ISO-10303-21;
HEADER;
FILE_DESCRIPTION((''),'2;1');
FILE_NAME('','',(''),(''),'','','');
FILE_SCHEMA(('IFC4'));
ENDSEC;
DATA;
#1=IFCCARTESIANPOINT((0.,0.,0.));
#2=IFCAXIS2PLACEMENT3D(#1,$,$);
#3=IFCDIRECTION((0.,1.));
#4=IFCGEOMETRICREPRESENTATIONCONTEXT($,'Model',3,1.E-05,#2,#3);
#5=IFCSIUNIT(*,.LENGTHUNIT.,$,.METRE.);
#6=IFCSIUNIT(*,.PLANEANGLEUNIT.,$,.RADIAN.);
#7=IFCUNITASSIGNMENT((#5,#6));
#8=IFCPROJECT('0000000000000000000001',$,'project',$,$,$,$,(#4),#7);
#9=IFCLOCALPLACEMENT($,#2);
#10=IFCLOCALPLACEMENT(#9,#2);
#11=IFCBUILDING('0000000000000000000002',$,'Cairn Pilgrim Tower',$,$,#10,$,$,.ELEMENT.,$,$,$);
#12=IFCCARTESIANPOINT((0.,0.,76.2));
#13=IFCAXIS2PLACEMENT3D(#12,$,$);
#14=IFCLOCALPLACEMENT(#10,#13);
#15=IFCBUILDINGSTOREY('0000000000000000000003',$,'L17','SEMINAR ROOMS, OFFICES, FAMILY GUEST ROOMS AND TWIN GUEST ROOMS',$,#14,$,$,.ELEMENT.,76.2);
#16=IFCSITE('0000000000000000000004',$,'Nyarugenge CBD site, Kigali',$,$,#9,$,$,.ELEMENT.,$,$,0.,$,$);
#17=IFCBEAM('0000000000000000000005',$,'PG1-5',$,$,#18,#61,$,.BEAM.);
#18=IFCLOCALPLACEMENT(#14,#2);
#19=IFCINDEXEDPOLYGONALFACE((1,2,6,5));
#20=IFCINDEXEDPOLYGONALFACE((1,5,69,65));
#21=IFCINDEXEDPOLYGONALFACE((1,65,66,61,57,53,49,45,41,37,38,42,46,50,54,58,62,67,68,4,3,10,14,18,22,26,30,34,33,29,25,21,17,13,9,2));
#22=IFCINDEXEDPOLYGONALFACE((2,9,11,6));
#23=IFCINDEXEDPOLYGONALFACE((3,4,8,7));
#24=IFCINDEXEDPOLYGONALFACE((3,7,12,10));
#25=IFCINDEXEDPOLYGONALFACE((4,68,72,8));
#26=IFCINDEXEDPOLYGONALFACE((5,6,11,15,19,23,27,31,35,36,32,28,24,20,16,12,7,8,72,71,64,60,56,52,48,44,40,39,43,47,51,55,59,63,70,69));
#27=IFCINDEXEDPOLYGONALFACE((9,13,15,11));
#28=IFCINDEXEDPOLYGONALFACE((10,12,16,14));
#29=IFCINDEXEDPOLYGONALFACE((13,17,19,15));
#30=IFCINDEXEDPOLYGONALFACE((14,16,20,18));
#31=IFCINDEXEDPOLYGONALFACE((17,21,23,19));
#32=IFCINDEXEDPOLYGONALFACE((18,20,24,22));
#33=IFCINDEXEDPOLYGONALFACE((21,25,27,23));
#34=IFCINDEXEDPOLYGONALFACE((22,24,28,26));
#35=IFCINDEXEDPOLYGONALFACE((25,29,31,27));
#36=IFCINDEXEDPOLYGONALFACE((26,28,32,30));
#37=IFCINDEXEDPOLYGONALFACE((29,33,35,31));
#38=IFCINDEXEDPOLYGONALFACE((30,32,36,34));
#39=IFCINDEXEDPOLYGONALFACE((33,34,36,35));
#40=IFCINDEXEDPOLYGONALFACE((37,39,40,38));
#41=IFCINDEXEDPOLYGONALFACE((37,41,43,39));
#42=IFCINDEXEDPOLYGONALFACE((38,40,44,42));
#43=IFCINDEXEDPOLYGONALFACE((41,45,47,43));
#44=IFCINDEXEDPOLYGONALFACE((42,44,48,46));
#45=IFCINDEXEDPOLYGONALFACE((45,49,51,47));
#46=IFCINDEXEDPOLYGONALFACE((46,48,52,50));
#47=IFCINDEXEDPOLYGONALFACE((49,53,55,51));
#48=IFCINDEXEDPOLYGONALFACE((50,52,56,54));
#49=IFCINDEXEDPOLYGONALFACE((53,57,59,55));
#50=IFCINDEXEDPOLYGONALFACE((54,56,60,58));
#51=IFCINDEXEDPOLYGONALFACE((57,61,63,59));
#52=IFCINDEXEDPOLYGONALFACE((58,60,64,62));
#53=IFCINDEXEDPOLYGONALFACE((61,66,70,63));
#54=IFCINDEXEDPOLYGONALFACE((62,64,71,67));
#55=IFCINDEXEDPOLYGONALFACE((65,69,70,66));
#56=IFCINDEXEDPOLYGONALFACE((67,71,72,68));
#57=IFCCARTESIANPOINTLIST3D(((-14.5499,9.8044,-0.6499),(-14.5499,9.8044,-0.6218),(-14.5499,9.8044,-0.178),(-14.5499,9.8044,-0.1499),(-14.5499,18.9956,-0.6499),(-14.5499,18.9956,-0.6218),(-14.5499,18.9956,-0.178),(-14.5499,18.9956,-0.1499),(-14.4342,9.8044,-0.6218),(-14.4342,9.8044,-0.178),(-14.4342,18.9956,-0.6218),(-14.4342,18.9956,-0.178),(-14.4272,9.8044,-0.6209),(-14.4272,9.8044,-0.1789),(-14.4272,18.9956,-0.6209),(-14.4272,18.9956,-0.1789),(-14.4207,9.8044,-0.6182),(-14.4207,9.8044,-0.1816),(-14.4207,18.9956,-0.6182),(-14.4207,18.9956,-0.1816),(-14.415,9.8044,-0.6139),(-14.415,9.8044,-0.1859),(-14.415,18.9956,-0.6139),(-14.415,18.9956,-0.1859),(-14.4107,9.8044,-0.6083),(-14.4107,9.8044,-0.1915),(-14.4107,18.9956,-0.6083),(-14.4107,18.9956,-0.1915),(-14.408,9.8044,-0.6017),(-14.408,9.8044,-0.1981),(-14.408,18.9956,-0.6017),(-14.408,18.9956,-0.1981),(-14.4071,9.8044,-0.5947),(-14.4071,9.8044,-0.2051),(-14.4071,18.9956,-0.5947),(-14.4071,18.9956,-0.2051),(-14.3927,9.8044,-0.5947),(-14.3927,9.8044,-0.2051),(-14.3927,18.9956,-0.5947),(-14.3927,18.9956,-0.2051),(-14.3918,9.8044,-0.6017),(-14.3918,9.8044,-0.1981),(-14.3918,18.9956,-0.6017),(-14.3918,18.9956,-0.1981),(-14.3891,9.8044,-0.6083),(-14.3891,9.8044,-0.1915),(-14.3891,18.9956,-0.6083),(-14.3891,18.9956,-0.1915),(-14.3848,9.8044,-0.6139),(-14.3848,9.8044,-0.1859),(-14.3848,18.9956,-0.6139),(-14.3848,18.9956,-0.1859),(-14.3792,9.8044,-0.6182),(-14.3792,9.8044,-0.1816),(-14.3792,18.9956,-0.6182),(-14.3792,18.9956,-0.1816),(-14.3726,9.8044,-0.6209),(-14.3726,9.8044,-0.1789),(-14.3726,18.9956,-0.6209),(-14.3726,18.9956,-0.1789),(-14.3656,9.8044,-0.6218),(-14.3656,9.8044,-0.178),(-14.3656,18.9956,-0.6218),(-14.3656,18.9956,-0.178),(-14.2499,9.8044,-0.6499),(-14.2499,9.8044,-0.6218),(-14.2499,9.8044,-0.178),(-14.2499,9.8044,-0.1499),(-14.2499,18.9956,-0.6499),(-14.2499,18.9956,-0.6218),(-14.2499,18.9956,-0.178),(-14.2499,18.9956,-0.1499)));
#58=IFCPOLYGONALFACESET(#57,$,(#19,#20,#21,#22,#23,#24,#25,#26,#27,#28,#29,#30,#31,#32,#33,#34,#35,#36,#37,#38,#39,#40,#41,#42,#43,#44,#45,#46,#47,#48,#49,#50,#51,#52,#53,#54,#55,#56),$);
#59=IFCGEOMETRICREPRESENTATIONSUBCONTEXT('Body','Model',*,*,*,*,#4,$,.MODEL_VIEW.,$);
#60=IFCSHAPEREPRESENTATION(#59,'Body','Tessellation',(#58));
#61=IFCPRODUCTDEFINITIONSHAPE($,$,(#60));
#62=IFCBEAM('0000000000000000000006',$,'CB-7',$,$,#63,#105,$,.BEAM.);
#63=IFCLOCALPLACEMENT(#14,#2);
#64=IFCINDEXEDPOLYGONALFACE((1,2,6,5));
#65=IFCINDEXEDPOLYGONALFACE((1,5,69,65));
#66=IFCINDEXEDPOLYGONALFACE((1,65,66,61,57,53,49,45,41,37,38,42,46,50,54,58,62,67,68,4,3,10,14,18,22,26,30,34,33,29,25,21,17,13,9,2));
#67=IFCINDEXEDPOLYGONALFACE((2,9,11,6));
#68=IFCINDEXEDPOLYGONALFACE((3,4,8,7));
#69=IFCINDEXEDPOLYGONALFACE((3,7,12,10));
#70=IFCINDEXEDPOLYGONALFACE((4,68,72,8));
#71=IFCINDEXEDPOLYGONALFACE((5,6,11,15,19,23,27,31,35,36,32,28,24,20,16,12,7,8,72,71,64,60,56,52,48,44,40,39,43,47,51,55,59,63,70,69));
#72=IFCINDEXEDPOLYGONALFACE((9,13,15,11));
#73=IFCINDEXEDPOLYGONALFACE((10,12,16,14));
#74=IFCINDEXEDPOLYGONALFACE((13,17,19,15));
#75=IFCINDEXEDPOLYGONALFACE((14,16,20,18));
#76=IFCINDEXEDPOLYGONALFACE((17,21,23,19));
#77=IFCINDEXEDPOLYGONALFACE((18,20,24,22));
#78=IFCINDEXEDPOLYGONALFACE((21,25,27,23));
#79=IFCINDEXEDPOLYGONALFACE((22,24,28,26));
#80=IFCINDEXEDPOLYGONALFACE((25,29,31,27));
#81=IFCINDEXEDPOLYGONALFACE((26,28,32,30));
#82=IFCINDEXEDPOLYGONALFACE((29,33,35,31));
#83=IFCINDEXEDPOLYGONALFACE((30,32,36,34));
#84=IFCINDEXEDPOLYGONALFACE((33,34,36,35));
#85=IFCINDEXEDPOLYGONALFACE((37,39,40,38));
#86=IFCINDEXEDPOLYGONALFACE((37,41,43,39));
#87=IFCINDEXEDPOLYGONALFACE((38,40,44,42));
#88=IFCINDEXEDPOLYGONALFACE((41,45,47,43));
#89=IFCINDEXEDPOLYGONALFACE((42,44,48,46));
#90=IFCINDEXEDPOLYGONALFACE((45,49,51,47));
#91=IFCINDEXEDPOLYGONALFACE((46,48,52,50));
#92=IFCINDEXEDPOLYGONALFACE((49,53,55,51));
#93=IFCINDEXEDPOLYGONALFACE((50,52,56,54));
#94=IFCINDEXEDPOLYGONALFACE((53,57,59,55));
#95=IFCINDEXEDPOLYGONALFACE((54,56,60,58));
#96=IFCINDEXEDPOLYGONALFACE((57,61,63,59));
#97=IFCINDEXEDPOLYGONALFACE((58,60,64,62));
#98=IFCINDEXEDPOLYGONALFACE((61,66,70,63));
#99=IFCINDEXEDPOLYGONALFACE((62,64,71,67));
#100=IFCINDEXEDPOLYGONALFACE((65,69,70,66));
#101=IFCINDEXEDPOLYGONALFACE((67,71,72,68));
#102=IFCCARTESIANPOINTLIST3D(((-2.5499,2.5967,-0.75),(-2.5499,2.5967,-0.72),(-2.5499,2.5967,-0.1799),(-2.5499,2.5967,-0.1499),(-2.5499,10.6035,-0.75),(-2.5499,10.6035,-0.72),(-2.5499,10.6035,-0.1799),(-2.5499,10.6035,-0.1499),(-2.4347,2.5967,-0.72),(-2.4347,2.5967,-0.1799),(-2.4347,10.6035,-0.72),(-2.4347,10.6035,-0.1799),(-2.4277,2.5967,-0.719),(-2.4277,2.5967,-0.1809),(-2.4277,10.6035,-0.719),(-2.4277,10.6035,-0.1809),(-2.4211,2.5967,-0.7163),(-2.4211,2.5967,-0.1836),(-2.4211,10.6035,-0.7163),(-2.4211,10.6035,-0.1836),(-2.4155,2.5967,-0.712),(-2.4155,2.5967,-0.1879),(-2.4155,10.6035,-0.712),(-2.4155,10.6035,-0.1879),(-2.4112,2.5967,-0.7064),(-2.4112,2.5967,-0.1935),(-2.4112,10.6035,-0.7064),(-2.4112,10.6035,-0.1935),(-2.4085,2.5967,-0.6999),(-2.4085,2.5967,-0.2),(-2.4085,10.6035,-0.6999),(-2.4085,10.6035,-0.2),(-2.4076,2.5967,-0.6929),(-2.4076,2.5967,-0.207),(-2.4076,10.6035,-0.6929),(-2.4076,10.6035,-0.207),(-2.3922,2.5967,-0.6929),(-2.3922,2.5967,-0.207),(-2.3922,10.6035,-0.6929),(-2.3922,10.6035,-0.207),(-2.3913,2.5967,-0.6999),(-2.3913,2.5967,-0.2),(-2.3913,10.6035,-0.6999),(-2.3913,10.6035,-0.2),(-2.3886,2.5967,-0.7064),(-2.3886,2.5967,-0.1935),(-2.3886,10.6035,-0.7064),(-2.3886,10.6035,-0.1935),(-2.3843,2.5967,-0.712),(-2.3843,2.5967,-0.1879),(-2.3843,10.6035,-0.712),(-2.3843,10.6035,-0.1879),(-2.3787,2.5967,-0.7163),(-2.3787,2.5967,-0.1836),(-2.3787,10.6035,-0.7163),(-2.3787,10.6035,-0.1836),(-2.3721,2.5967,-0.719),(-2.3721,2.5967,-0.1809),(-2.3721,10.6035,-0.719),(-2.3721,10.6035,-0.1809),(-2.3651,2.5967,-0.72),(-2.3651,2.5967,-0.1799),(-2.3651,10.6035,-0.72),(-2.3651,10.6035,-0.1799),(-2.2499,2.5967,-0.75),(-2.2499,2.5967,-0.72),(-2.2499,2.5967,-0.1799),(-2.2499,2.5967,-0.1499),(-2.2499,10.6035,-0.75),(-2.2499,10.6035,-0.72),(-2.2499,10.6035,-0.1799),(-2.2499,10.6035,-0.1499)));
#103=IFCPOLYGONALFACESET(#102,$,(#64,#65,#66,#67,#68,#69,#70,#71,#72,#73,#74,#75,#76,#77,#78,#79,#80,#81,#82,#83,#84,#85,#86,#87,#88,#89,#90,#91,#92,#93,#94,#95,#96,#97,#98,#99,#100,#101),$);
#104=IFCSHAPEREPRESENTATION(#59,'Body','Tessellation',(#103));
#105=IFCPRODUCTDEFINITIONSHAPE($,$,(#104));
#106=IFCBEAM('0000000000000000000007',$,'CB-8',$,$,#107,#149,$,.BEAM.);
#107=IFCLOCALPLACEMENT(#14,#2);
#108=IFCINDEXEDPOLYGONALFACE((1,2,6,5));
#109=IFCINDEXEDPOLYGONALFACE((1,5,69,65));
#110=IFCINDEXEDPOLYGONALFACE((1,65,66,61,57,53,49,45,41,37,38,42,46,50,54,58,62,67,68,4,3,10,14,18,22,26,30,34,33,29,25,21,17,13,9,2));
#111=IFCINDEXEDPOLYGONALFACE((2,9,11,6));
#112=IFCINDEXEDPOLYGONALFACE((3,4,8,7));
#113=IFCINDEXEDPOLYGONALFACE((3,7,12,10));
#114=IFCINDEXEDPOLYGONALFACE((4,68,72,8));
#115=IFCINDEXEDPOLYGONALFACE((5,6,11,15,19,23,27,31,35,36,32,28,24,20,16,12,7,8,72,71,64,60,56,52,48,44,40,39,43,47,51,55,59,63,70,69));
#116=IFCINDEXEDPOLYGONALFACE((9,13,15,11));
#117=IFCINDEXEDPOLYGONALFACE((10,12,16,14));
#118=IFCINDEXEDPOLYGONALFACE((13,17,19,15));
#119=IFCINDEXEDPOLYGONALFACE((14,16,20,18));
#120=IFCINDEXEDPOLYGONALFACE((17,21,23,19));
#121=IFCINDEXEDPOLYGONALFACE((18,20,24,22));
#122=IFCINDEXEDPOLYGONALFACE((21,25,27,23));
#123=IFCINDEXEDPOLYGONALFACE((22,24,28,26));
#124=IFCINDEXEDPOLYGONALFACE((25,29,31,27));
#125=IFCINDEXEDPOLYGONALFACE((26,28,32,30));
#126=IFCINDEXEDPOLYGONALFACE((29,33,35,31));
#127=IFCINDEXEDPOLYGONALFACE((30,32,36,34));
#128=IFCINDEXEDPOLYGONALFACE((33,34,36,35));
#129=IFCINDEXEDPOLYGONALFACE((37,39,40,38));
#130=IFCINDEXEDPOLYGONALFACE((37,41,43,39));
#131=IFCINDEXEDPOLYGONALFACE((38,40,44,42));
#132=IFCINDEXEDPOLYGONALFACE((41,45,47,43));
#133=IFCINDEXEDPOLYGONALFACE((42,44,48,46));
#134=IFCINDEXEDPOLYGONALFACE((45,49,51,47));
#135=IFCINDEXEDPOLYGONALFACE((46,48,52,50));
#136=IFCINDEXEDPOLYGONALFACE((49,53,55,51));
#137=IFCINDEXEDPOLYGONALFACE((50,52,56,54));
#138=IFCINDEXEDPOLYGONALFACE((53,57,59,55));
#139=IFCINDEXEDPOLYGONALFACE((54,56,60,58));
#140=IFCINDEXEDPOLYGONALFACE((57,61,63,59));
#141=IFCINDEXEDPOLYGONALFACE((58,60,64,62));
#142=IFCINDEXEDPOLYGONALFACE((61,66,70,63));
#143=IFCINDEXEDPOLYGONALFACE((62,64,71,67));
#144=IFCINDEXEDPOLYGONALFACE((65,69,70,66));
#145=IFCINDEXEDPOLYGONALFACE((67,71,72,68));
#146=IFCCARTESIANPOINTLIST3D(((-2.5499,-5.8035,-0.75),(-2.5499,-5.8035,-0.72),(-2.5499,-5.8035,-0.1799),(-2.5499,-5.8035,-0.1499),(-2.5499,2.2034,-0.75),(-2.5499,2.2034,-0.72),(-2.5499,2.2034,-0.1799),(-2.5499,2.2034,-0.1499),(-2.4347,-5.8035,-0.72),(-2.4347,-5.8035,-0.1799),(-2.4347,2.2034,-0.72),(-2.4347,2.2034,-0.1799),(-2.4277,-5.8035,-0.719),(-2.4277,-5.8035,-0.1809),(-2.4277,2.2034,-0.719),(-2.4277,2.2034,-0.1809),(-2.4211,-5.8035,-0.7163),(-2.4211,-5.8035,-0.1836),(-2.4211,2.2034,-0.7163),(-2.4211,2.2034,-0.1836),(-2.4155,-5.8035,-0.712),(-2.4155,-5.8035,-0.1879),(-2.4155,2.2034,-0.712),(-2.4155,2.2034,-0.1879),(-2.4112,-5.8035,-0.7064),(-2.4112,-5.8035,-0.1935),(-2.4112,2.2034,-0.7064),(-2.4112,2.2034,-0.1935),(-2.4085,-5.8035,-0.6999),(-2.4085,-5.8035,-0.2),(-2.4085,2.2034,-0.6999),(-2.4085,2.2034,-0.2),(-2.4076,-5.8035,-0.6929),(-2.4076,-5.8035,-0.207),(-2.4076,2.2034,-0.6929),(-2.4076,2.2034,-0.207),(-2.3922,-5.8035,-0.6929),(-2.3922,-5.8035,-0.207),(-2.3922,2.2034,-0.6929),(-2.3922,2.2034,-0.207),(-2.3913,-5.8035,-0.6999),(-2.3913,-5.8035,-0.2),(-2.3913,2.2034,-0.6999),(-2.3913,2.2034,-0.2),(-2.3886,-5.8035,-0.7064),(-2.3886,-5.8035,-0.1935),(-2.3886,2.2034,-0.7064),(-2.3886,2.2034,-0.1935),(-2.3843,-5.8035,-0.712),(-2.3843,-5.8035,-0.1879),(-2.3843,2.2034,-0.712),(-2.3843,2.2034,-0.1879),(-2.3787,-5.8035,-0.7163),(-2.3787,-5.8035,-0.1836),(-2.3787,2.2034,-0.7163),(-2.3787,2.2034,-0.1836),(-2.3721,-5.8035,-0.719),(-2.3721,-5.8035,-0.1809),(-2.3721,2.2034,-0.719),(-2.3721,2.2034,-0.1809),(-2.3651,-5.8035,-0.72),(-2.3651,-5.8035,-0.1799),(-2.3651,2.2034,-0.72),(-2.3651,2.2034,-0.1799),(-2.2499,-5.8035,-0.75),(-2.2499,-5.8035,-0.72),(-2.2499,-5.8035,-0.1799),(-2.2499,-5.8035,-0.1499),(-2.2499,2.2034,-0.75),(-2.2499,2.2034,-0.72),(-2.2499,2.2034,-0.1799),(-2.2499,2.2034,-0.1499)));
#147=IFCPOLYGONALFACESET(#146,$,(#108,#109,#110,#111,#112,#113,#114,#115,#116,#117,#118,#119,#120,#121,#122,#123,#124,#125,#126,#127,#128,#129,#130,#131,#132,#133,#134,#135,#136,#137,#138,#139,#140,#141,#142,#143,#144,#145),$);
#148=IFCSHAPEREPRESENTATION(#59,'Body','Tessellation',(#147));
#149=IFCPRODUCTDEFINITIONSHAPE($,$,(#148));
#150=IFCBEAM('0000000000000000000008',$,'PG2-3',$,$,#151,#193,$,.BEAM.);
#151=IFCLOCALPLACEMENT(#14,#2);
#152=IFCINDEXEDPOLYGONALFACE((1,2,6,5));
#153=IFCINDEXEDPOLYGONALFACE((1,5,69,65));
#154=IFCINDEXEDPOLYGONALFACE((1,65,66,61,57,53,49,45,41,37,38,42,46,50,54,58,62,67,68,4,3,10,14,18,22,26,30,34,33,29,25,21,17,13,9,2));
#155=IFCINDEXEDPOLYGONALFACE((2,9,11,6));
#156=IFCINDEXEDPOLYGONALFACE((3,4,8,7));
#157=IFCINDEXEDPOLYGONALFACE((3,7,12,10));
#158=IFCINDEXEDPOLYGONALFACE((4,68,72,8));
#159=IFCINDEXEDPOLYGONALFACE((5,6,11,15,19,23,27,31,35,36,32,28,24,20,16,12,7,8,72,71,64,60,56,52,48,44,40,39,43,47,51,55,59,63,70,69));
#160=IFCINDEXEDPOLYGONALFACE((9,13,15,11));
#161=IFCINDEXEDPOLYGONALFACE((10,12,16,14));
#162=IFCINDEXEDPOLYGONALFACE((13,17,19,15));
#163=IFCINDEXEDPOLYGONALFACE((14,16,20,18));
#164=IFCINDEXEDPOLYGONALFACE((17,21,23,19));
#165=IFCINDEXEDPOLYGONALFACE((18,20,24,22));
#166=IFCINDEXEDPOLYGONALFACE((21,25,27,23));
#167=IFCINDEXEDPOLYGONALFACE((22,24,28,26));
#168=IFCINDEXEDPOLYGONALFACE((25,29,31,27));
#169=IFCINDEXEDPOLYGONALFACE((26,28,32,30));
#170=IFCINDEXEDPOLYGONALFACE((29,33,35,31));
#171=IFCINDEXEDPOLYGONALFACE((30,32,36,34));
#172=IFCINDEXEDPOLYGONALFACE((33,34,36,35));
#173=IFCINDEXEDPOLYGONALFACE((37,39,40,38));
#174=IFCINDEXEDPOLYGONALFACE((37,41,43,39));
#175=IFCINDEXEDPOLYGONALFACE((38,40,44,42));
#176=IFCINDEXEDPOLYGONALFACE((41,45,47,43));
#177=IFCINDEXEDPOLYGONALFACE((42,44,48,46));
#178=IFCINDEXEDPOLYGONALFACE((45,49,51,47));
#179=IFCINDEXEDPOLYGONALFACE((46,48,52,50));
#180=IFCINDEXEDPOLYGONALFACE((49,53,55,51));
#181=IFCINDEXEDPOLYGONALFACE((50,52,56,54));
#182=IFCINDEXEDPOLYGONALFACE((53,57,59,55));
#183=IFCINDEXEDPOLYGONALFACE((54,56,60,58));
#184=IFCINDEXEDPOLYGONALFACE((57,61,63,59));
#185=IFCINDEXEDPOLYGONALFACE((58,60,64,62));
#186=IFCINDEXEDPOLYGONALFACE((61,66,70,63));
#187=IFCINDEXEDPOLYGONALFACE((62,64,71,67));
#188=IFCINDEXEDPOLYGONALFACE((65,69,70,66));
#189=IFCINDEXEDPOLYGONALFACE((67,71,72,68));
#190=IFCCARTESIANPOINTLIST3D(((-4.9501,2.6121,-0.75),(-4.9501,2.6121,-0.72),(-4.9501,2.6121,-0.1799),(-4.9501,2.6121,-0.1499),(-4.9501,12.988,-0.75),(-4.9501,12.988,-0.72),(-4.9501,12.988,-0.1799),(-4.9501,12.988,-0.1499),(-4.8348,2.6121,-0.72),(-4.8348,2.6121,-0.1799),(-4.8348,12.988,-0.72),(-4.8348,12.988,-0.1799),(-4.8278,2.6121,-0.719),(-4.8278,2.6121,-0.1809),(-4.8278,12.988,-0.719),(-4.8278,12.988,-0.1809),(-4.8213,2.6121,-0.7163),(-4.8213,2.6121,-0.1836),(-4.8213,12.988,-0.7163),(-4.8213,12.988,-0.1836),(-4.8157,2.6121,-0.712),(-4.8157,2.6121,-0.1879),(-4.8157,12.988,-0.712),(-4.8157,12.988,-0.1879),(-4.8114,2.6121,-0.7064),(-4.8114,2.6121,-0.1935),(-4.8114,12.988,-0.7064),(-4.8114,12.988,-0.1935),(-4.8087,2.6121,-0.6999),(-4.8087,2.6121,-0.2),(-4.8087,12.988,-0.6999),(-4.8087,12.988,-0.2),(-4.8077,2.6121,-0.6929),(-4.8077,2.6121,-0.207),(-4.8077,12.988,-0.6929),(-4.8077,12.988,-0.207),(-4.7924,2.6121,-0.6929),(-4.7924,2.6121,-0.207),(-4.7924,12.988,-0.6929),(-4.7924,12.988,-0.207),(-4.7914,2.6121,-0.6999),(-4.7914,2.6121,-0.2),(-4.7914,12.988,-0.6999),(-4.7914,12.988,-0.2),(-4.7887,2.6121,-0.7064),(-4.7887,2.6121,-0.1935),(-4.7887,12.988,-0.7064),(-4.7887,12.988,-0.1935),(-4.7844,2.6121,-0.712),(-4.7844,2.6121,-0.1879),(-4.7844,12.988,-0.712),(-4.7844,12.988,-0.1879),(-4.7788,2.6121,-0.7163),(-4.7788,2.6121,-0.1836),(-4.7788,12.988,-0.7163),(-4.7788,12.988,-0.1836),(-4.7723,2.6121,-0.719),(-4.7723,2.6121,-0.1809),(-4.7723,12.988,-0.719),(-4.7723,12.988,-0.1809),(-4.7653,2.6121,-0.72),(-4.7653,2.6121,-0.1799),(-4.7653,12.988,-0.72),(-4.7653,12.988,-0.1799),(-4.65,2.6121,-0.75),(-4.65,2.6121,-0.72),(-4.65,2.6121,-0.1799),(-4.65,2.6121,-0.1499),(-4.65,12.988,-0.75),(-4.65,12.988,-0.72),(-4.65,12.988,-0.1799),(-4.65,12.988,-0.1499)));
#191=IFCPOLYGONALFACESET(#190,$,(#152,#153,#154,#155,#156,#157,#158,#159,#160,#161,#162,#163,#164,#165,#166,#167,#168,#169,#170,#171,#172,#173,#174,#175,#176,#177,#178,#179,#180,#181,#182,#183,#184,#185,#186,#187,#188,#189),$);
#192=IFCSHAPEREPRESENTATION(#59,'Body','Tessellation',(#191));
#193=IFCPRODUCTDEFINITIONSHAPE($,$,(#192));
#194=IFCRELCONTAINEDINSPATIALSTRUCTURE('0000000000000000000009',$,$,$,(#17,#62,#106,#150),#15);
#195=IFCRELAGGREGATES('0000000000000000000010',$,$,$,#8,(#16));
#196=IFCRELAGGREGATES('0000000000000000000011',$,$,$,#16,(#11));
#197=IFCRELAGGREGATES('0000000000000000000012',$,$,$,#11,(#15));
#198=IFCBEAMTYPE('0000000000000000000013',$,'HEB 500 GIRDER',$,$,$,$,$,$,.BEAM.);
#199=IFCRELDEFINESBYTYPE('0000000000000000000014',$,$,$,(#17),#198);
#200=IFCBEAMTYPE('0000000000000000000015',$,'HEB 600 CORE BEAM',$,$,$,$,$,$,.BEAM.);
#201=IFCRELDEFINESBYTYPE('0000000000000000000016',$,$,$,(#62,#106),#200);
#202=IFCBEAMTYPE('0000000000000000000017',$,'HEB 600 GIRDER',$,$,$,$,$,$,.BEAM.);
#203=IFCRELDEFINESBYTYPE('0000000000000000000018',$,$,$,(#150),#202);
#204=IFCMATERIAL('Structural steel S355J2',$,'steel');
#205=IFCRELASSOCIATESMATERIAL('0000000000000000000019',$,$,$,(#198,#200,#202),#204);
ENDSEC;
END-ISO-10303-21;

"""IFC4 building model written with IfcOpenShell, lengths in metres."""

from ifc_helpers import new_model, si_unit, direction, frame, origin, origin_2d, place, context, subcontext, project, spatial, i_section, extrude, material, material_profile, profile_set, type_object, element, save


model = new_model("IFC4")

# Units and contexts
model_context = context("Model", 3, precision=1e-05, world=origin(), true_north=direction((0.0, 1.0)))
body_context = subcontext(model_context, "Body", "Model", "MODEL_VIEW")
ifc_project = project(units=[si_unit("LENGTHUNIT", "METRE"), si_unit("PLANEANGLEUNIT", "RADIAN")], contexts=[model_context])

# Site, building, storey
site_placement = place(None, origin())
site = spatial("IfcSite", under=ifc_project, at=site_placement, Name="Nyarugenge CBD site, Kigali", CompositionType="ELEMENT", RefElevation=0.0)
building_placement = place(site_placement, origin())
building = spatial("IfcBuilding", under=site, at=building_placement, Name="Cairn Pilgrim Tower", CompositionType="ELEMENT")
storey_placement = place(building_placement, frame((0.0, 0.0, 76.2)))
storey = spatial("IfcBuildingStorey", under=building, at=storey_placement, Name="L17", Description="SEMINAR ROOMS, OFFICES, FAMILY GUEST ROOMS AND TWIN GUEST ROOMS", CompositionType="ELEMENT", Elevation=76.2)

# Beams
ifc_material_1 = material(Name="Structural steel S355J2", Category="steel")
ifc_material_profile_1 = material_profile(ifc_material_1, i_section(OverallWidth=0.3, OverallDepth=0.5, WebThickness=0.0144, FlangeThickness=0.0281, FilletRadius=0.0271, at=origin_2d()), Name="HEB 500")
ifc_profile_set_1 = profile_set([ifc_material_profile_1], Name="Structural steel S355J2")
beam_type_1 = type_object("IfcBeamType", Name="HEB 500 GIRDER", PredefinedType="BEAM", material=ifc_profile_set_1)
beam_1_placement = place(storey_placement, frame((-14.3999, 9.8044, -0.3999), z_axis=(0.0, 1.0, 0.0), x_axis=(-1.0, 0.0, 0.0)))
element("IfcBeam", 1, at=beam_1_placement, inside=storey, type_object=beam_type_1, Name="PG1-5", PredefinedType="BEAM", context=body_context, shape_type="SweptSolid", body=[
    extrude(i_section(OverallWidth=0.3, OverallDepth=0.5, WebThickness=0.0144, FlangeThickness=0.0281, FilletRadius=0.0271, at=origin_2d()), origin(), (0.0, 0.0, 1.0), 9.1912),
])
ifc_material_profile_2 = material_profile(ifc_material_1, i_section(OverallWidth=0.3, OverallDepth=0.6001, WebThickness=0.0154, FlangeThickness=0.03, FilletRadius=0.0271, at=origin_2d()), Name="HEB 600")
ifc_profile_set_2 = profile_set([ifc_material_profile_2], Name="Structural steel S355J2")
beam_type_2 = type_object("IfcBeamType", Name="HEB 600 CORE BEAM", PredefinedType="BEAM", material=ifc_profile_set_2)
for number, where, z_axis, x_axis, name in (
    (2, (-2.3999, 10.6035, -0.45), (0.0, -1.0, 0.0), (1.0, 0.0, 0.0), "CB-7"),
    (3, (-2.3999, 2.2034, -0.45), (0.0, -1.0, 0.0), (1.0, 0.0, 0.0), "CB-8"),
):
    element("IfcBeam", number, at=place(storey_placement, frame(where, z_axis=z_axis, x_axis=x_axis)), inside=storey, type_object=beam_type_2, Name=name, PredefinedType="BEAM", context=body_context, shape_type="SweptSolid", body=[
        extrude(i_section(OverallWidth=0.3, OverallDepth=0.6001, WebThickness=0.0154, FlangeThickness=0.03, FilletRadius=0.0271, at=origin_2d()), origin(), (0.0, 0.0, 1.0), 8.0068),
    ])
ifc_material_profile_3 = material_profile(ifc_material_1, i_section(OverallWidth=0.3, OverallDepth=0.6001, WebThickness=0.0154, FlangeThickness=0.03, FilletRadius=0.0271, at=origin_2d()), Name="HEB 600")
ifc_profile_set_3 = profile_set([ifc_material_profile_3], Name="Structural steel S355J2")
beam_type_3 = type_object("IfcBeamType", Name="HEB 600 GIRDER", PredefinedType="BEAM", material=ifc_profile_set_3)
beam_2_placement = place(storey_placement, frame((-4.8, 2.6121, -0.45), z_axis=(0.0, 1.0, 0.0), x_axis=(-1.0, 0.0, 0.0)))
element("IfcBeam", 4, at=beam_2_placement, inside=storey, type_object=beam_type_3, Name="PG2-3", PredefinedType="BEAM", context=body_context, shape_type="SweptSolid", body=[
    extrude(i_section(OverallWidth=0.3, OverallDepth=0.6001, WebThickness=0.0154, FlangeThickness=0.03, FilletRadius=0.0271, at=origin_2d()), origin(), (0.0, 0.0, 1.0), 10.376),
])

save(model, "model.ifc")
